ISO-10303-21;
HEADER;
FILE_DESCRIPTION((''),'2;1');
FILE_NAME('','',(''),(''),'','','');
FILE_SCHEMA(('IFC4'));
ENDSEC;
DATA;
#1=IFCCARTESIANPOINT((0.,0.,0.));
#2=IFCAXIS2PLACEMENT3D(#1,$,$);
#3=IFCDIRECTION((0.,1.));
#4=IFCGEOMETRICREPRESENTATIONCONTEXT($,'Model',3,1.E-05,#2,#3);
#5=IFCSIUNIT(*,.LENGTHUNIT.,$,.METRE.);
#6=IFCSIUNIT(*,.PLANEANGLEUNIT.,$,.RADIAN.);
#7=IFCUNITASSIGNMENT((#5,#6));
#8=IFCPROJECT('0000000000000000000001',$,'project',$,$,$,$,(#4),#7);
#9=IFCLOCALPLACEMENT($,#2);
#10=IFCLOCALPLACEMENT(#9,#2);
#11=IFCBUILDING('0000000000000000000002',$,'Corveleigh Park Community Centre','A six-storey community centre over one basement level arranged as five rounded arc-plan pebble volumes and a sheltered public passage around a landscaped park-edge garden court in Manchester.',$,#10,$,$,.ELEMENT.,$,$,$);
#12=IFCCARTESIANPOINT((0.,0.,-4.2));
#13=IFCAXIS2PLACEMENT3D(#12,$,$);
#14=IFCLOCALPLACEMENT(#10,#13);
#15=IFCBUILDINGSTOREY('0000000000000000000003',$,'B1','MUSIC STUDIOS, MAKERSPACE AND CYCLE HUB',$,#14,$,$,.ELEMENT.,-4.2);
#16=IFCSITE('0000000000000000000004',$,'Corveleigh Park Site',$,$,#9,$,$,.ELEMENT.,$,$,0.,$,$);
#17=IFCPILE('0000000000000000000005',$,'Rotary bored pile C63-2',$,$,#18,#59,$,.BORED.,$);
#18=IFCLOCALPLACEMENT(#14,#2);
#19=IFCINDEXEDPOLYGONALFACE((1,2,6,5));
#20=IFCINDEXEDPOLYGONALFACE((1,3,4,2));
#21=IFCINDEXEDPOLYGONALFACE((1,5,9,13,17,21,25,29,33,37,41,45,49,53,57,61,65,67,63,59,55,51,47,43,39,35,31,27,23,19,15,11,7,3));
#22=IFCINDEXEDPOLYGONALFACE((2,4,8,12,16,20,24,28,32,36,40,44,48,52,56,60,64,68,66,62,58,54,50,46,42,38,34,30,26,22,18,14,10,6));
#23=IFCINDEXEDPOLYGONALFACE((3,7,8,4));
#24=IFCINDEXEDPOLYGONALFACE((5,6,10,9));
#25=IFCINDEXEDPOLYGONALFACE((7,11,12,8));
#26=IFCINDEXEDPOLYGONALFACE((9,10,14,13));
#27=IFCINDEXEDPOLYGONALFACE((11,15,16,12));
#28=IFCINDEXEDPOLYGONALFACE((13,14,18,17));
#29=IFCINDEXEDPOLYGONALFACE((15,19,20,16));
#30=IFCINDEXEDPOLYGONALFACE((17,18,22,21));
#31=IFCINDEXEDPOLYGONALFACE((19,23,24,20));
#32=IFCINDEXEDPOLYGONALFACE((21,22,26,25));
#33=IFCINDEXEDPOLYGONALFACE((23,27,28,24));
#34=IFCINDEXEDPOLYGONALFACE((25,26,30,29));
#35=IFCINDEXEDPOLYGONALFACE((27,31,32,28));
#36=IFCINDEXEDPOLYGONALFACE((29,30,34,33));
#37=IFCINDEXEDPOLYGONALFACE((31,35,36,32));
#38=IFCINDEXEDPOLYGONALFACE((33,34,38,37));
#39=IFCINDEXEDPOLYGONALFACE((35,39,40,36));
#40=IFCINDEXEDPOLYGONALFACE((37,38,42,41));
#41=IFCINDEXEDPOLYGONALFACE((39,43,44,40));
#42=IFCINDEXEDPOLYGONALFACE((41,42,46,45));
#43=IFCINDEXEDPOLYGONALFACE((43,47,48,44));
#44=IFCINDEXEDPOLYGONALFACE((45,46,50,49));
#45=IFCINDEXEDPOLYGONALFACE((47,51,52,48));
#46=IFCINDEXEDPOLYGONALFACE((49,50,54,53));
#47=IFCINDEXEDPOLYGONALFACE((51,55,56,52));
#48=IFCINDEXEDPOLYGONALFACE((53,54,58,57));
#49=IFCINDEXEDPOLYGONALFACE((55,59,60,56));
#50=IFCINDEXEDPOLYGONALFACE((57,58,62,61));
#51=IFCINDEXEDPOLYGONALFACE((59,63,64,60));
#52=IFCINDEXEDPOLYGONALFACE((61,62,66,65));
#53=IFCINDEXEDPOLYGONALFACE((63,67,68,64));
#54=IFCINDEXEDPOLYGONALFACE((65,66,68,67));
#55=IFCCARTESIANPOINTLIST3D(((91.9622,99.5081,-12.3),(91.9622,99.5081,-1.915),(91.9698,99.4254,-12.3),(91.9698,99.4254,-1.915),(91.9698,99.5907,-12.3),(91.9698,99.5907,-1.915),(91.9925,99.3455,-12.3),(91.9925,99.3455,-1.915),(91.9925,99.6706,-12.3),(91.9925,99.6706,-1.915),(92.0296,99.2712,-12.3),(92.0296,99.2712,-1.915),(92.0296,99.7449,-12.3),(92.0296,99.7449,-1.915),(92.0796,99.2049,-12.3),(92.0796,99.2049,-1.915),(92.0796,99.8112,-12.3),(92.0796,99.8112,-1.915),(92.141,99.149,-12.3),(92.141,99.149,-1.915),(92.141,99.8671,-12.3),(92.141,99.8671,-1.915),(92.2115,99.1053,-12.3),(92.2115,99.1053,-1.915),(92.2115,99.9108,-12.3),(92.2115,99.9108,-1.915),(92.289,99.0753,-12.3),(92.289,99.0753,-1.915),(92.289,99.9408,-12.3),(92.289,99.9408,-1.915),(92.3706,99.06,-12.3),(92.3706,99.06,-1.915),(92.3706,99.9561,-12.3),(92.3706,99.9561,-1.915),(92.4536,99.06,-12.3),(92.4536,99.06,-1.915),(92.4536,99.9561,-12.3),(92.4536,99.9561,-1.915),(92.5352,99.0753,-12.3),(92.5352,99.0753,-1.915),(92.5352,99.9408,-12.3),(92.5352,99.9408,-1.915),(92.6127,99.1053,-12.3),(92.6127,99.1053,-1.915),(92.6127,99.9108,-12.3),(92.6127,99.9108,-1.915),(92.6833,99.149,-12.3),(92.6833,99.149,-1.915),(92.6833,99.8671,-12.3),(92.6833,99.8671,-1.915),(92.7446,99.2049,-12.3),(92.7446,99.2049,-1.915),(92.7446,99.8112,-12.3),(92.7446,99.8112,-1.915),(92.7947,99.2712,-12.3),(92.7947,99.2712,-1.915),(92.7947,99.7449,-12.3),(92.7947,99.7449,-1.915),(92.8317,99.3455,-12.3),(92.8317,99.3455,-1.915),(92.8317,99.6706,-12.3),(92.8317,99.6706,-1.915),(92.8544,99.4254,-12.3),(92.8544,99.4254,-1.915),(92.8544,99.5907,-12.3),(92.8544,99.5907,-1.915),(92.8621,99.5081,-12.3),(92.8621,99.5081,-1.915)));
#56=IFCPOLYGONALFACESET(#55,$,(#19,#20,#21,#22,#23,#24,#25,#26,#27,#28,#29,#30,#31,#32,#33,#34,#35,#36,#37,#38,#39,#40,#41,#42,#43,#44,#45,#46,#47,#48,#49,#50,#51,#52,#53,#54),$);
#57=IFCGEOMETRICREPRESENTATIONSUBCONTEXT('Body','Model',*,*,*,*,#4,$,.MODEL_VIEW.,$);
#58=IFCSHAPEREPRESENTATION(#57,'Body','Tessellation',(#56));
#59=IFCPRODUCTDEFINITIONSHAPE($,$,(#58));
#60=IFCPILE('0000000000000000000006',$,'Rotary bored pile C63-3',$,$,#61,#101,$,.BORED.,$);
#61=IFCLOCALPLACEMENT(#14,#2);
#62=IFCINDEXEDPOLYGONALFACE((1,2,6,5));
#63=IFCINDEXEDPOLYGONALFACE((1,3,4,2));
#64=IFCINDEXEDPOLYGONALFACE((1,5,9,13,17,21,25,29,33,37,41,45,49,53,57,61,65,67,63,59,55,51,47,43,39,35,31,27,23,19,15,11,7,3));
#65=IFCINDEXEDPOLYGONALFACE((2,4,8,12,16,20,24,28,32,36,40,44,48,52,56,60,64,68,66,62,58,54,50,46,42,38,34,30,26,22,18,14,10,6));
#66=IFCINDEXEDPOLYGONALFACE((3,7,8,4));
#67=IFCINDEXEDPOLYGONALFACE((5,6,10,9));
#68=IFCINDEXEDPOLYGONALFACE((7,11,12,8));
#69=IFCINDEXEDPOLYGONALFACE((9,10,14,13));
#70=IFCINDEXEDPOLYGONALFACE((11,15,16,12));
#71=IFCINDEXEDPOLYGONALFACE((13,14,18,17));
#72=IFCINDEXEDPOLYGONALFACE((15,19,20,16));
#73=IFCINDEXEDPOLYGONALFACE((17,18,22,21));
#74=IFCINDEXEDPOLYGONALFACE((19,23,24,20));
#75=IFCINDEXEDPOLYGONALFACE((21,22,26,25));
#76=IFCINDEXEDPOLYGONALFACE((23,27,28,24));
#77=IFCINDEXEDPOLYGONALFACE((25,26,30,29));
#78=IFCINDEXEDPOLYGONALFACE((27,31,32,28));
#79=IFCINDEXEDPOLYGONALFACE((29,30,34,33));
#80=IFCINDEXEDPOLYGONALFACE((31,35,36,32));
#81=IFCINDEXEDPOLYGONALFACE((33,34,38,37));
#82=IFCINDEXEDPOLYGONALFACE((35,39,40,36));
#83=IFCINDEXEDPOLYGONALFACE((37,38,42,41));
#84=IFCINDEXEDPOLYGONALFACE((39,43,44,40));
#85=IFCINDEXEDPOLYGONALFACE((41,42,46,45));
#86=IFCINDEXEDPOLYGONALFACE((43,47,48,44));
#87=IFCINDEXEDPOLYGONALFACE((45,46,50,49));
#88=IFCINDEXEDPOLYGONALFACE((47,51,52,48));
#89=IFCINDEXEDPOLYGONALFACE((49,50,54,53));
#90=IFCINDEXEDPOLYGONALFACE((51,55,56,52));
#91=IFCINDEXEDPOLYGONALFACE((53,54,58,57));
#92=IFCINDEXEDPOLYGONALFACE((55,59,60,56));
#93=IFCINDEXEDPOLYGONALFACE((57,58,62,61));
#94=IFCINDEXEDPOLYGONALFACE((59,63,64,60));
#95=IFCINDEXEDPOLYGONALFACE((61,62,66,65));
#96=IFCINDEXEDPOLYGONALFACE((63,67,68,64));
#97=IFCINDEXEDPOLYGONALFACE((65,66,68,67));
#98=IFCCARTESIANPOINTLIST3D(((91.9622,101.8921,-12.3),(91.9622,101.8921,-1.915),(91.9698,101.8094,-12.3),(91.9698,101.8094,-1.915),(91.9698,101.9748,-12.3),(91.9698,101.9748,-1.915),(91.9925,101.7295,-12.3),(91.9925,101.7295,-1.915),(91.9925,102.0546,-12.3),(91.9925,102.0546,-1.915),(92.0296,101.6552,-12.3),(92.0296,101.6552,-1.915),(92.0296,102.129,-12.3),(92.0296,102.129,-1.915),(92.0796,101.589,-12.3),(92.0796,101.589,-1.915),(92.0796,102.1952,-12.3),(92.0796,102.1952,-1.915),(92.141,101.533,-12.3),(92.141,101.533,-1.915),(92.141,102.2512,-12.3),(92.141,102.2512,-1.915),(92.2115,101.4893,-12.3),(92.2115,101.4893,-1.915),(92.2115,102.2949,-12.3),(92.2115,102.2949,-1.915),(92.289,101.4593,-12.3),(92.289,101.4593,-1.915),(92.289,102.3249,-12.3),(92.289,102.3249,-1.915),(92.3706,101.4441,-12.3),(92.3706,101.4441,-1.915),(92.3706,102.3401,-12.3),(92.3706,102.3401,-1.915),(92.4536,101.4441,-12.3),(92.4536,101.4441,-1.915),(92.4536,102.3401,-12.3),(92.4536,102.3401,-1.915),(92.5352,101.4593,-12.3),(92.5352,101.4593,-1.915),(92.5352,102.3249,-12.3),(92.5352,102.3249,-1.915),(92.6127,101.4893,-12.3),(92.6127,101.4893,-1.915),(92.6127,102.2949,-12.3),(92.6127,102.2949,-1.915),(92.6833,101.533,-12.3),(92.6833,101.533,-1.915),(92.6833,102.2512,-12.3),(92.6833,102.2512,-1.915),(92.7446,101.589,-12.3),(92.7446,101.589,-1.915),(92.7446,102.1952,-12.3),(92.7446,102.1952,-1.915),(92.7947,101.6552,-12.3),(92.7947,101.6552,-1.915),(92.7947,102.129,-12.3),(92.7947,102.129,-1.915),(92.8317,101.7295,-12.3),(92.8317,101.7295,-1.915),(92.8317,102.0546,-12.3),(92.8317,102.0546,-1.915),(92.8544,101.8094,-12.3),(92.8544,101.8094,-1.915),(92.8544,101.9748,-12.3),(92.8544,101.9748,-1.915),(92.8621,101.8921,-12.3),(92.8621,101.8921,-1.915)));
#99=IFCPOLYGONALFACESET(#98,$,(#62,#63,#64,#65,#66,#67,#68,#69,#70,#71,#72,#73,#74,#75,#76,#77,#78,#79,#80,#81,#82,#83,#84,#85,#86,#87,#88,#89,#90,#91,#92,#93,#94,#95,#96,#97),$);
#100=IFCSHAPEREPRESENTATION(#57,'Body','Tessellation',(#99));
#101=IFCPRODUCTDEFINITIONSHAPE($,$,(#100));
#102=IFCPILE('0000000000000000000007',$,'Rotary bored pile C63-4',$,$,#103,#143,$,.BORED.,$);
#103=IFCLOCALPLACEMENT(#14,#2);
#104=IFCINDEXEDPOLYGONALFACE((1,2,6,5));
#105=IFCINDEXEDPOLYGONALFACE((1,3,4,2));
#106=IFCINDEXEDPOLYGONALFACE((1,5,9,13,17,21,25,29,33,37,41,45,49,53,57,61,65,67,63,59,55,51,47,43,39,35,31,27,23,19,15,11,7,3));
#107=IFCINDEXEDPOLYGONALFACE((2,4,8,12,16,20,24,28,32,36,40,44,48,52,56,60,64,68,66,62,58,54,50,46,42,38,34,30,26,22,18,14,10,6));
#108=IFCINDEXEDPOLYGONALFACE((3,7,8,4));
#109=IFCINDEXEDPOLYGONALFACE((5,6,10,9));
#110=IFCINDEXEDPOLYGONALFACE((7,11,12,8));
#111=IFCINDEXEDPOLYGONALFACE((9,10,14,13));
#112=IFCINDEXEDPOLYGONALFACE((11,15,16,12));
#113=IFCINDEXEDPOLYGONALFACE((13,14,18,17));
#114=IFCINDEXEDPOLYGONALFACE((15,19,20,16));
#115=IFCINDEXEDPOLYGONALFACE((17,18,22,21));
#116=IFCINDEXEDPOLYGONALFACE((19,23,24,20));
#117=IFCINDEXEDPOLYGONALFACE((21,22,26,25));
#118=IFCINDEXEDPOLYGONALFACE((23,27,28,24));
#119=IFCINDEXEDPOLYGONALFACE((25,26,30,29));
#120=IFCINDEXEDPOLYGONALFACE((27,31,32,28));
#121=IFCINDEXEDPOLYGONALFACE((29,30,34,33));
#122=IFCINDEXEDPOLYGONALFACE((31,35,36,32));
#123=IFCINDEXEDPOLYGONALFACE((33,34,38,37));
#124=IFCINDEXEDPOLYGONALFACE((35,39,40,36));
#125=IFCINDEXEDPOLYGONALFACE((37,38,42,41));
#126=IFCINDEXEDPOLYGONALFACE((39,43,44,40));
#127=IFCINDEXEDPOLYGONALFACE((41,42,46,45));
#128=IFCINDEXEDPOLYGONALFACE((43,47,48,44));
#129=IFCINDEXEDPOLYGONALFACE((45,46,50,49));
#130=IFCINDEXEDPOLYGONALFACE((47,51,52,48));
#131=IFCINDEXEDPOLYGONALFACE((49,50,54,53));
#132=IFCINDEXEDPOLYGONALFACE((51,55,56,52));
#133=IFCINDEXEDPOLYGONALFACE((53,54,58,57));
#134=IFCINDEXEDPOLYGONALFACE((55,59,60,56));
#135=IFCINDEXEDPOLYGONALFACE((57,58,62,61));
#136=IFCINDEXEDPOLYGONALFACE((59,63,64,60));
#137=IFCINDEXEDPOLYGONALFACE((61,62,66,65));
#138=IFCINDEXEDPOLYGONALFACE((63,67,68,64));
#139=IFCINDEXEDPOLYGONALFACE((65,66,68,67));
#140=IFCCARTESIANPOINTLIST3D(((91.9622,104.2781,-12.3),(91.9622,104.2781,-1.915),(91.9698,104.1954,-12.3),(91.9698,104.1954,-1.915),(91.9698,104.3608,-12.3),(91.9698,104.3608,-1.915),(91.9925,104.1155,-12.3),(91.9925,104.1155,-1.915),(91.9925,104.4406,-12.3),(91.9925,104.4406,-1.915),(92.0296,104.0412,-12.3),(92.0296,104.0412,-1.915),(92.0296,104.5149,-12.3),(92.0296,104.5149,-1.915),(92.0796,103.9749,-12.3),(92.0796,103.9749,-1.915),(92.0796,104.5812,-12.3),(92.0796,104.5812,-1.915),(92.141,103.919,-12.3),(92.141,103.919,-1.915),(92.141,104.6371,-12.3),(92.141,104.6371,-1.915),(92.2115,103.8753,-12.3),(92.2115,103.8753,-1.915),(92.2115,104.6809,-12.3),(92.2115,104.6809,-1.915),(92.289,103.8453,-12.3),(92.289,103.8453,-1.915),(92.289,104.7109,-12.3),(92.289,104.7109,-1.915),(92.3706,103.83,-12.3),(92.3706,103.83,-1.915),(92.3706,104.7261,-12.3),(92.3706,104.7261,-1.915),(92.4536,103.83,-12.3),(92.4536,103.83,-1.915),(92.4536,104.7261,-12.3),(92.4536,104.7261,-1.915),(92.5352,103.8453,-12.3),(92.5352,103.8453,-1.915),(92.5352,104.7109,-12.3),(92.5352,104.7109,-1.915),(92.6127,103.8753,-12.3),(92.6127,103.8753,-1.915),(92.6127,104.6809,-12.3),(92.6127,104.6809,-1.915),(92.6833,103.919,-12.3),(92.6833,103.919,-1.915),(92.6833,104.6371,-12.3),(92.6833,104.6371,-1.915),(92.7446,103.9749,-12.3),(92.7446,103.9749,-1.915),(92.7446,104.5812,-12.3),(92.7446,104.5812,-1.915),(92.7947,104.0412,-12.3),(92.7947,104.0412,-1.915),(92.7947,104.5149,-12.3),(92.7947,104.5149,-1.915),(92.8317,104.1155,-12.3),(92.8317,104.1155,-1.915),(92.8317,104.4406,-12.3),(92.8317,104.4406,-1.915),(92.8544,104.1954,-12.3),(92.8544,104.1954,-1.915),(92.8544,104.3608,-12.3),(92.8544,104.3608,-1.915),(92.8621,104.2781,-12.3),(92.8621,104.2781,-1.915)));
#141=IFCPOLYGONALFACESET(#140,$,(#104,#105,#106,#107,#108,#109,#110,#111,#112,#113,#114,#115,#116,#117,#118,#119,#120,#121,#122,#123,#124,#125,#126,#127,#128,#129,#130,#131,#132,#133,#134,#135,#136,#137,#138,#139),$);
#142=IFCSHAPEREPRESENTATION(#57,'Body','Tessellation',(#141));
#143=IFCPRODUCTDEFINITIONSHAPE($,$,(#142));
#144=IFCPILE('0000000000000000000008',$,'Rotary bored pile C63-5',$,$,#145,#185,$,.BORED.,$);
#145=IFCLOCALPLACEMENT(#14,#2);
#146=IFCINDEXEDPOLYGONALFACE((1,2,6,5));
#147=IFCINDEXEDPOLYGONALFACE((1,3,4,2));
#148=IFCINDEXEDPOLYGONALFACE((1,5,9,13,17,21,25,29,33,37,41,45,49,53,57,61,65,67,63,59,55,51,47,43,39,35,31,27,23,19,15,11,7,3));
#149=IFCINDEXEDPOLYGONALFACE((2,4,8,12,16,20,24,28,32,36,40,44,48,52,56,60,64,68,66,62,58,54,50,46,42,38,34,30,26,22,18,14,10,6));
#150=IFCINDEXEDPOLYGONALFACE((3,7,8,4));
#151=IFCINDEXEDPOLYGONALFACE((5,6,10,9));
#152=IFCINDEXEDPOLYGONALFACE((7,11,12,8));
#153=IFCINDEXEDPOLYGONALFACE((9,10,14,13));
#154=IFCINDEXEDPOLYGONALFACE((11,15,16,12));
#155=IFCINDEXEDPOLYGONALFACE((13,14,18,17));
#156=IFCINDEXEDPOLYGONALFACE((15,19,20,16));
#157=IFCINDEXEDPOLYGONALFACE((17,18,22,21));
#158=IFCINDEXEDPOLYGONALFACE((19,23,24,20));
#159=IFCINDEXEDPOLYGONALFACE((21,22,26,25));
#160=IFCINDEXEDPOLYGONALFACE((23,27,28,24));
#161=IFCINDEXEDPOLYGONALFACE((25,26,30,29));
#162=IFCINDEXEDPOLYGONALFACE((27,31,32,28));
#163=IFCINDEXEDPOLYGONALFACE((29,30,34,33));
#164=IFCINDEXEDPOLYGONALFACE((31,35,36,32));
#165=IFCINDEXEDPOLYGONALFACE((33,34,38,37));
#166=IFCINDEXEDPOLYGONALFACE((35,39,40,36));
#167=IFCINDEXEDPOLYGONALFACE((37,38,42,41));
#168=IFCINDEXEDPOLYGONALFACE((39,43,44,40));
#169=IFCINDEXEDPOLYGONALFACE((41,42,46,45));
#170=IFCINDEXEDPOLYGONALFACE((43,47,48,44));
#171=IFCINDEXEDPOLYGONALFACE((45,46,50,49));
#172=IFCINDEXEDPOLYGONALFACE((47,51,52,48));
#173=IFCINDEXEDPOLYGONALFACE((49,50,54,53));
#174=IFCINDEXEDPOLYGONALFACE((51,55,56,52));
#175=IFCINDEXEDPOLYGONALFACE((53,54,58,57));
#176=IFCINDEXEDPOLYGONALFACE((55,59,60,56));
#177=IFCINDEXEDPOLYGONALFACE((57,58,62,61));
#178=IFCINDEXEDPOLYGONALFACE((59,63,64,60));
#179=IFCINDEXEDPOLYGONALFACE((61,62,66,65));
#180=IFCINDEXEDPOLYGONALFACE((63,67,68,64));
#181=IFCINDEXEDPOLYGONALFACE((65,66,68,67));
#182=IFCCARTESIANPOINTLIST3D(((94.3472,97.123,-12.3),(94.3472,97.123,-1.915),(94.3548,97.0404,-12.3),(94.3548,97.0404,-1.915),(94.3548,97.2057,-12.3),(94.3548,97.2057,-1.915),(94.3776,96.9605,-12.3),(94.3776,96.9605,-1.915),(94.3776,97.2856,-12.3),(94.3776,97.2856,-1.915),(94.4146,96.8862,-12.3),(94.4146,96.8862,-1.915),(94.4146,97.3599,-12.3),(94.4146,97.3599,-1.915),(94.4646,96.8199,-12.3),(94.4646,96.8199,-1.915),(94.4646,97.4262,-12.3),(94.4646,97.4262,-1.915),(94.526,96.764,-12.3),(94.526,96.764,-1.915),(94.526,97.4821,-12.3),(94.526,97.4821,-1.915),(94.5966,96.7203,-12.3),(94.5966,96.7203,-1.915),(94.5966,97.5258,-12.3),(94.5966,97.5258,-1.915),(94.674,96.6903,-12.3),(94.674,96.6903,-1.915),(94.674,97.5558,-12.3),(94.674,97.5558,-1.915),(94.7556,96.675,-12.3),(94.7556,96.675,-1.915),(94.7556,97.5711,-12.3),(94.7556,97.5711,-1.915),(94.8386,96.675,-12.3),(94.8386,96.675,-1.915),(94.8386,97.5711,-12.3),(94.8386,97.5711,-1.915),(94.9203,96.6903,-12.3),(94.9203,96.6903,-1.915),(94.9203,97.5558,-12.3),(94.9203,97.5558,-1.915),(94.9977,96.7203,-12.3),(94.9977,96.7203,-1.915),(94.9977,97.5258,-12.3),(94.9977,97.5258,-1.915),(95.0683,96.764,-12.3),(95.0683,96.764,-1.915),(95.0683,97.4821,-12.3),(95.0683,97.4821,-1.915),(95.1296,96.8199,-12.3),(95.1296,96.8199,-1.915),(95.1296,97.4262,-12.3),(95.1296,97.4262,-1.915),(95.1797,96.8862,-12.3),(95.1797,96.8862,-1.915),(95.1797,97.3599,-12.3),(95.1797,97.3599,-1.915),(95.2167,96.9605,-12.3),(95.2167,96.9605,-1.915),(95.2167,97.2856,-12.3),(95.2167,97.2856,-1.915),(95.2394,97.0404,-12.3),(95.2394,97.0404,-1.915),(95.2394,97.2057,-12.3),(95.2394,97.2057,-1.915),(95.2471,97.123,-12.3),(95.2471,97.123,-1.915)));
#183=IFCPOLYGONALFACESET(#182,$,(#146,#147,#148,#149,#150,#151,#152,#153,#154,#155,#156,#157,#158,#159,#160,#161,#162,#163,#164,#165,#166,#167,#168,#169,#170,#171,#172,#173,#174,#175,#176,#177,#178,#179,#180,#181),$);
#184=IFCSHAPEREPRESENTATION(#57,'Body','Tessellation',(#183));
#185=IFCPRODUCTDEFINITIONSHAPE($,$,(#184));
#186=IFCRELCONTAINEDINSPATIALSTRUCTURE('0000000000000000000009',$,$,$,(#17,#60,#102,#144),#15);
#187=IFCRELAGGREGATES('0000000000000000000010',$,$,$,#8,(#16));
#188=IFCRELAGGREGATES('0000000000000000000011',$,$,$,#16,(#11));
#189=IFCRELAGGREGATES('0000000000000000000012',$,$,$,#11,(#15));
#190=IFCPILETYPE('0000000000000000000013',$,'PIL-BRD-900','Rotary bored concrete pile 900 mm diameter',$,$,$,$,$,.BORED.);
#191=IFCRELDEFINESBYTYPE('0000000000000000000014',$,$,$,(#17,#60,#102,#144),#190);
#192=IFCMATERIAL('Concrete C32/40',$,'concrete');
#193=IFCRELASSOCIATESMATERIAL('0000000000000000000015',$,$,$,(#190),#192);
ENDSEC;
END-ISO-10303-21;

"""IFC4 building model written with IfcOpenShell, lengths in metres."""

from ifc_helpers import new_model, si_unit, direction, frame, origin, origin_2d, place, context, subcontext, project, spatial, circle, extrude, material, material_profile, profile_set, type_object, element, save


model = new_model("IFC4")

# Units and contexts
model_context = context("Model", 3, precision=1e-05, world=origin(), true_north=direction((0.0, 1.0)))
body_context = subcontext(model_context, "Body", "Model", "MODEL_VIEW")
ifc_project = project(units=[si_unit("LENGTHUNIT", "METRE"), si_unit("PLANEANGLEUNIT", "RADIAN")], contexts=[model_context])

# Site, building, storey
site_placement = place(None, origin())
site = spatial("IfcSite", under=ifc_project, at=site_placement, Name="Corveleigh Park Site", CompositionType="ELEMENT", RefElevation=0.0)
building_placement = place(site_placement, origin())
building = spatial("IfcBuilding", under=site, at=building_placement, Name="Corveleigh Park Community Centre", Description="A six-storey community centre over one basement level arranged as five rounded arc-plan pebble volumes and a sheltered public passage around a landscaped park-edge garden court in Manchester.", CompositionType="ELEMENT")
storey_placement = place(building_placement, frame((0.0, 0.0, -4.2)))
storey = spatial("IfcBuildingStorey", under=building, at=storey_placement, Name="B1", Description="MUSIC STUDIOS, MAKERSPACE AND CYCLE HUB", CompositionType="ELEMENT", Elevation=-4.2)

# Piles
ifc_material_1 = material(Name="Concrete C32/40", Category="concrete")
ifc_material_profile_1 = material_profile(ifc_material_1, circle(Radius=0.45, at=origin_2d()), Name="BORED-PILE-900", Category="concrete")
ifc_profile_set_1 = profile_set([ifc_material_profile_1], Name="Concrete C32/40")
pile_type_1 = type_object("IfcPileType", Name="PIL-BRD-900", Description="Rotary bored concrete pile 900 mm diameter", PredefinedType="BORED", material=ifc_profile_set_1)
for number, where, z_axis, x_axis, name in (
    (1, (92.4121, 99.5081, -1.915), (0.0, 0.0, -1.0), (1.0, 0.0, 0.0), "Rotary bored pile C63-2"),
    (2, (92.4121, 101.8921, -1.915), (0.0, 0.0, -1.0), (1.0, 0.0, 0.0), "Rotary bored pile C63-3"),
    (3, (92.4121, 104.2781, -1.915), (0.0, 0.0, -1.0), (1.0, 0.0, 0.0), "Rotary bored pile C63-4"),
    (4, (94.7971, 97.123, -1.915), (0.0, 0.0, -1.0), (1.0, 0.0, 0.0), "Rotary bored pile C63-5"),
):
    element("IfcPile", number, at=place(storey_placement, frame(where, z_axis=z_axis, x_axis=x_axis)), inside=storey, type_object=pile_type_1, Name=name, PredefinedType="BORED", context=body_context, shape_type="SweptSolid", body=[
        extrude(circle(Radius=0.45, at=origin_2d()), origin(), (0.0, 0.0, 1.0), 10.385),
    ])

save(model, "model.ifc")
